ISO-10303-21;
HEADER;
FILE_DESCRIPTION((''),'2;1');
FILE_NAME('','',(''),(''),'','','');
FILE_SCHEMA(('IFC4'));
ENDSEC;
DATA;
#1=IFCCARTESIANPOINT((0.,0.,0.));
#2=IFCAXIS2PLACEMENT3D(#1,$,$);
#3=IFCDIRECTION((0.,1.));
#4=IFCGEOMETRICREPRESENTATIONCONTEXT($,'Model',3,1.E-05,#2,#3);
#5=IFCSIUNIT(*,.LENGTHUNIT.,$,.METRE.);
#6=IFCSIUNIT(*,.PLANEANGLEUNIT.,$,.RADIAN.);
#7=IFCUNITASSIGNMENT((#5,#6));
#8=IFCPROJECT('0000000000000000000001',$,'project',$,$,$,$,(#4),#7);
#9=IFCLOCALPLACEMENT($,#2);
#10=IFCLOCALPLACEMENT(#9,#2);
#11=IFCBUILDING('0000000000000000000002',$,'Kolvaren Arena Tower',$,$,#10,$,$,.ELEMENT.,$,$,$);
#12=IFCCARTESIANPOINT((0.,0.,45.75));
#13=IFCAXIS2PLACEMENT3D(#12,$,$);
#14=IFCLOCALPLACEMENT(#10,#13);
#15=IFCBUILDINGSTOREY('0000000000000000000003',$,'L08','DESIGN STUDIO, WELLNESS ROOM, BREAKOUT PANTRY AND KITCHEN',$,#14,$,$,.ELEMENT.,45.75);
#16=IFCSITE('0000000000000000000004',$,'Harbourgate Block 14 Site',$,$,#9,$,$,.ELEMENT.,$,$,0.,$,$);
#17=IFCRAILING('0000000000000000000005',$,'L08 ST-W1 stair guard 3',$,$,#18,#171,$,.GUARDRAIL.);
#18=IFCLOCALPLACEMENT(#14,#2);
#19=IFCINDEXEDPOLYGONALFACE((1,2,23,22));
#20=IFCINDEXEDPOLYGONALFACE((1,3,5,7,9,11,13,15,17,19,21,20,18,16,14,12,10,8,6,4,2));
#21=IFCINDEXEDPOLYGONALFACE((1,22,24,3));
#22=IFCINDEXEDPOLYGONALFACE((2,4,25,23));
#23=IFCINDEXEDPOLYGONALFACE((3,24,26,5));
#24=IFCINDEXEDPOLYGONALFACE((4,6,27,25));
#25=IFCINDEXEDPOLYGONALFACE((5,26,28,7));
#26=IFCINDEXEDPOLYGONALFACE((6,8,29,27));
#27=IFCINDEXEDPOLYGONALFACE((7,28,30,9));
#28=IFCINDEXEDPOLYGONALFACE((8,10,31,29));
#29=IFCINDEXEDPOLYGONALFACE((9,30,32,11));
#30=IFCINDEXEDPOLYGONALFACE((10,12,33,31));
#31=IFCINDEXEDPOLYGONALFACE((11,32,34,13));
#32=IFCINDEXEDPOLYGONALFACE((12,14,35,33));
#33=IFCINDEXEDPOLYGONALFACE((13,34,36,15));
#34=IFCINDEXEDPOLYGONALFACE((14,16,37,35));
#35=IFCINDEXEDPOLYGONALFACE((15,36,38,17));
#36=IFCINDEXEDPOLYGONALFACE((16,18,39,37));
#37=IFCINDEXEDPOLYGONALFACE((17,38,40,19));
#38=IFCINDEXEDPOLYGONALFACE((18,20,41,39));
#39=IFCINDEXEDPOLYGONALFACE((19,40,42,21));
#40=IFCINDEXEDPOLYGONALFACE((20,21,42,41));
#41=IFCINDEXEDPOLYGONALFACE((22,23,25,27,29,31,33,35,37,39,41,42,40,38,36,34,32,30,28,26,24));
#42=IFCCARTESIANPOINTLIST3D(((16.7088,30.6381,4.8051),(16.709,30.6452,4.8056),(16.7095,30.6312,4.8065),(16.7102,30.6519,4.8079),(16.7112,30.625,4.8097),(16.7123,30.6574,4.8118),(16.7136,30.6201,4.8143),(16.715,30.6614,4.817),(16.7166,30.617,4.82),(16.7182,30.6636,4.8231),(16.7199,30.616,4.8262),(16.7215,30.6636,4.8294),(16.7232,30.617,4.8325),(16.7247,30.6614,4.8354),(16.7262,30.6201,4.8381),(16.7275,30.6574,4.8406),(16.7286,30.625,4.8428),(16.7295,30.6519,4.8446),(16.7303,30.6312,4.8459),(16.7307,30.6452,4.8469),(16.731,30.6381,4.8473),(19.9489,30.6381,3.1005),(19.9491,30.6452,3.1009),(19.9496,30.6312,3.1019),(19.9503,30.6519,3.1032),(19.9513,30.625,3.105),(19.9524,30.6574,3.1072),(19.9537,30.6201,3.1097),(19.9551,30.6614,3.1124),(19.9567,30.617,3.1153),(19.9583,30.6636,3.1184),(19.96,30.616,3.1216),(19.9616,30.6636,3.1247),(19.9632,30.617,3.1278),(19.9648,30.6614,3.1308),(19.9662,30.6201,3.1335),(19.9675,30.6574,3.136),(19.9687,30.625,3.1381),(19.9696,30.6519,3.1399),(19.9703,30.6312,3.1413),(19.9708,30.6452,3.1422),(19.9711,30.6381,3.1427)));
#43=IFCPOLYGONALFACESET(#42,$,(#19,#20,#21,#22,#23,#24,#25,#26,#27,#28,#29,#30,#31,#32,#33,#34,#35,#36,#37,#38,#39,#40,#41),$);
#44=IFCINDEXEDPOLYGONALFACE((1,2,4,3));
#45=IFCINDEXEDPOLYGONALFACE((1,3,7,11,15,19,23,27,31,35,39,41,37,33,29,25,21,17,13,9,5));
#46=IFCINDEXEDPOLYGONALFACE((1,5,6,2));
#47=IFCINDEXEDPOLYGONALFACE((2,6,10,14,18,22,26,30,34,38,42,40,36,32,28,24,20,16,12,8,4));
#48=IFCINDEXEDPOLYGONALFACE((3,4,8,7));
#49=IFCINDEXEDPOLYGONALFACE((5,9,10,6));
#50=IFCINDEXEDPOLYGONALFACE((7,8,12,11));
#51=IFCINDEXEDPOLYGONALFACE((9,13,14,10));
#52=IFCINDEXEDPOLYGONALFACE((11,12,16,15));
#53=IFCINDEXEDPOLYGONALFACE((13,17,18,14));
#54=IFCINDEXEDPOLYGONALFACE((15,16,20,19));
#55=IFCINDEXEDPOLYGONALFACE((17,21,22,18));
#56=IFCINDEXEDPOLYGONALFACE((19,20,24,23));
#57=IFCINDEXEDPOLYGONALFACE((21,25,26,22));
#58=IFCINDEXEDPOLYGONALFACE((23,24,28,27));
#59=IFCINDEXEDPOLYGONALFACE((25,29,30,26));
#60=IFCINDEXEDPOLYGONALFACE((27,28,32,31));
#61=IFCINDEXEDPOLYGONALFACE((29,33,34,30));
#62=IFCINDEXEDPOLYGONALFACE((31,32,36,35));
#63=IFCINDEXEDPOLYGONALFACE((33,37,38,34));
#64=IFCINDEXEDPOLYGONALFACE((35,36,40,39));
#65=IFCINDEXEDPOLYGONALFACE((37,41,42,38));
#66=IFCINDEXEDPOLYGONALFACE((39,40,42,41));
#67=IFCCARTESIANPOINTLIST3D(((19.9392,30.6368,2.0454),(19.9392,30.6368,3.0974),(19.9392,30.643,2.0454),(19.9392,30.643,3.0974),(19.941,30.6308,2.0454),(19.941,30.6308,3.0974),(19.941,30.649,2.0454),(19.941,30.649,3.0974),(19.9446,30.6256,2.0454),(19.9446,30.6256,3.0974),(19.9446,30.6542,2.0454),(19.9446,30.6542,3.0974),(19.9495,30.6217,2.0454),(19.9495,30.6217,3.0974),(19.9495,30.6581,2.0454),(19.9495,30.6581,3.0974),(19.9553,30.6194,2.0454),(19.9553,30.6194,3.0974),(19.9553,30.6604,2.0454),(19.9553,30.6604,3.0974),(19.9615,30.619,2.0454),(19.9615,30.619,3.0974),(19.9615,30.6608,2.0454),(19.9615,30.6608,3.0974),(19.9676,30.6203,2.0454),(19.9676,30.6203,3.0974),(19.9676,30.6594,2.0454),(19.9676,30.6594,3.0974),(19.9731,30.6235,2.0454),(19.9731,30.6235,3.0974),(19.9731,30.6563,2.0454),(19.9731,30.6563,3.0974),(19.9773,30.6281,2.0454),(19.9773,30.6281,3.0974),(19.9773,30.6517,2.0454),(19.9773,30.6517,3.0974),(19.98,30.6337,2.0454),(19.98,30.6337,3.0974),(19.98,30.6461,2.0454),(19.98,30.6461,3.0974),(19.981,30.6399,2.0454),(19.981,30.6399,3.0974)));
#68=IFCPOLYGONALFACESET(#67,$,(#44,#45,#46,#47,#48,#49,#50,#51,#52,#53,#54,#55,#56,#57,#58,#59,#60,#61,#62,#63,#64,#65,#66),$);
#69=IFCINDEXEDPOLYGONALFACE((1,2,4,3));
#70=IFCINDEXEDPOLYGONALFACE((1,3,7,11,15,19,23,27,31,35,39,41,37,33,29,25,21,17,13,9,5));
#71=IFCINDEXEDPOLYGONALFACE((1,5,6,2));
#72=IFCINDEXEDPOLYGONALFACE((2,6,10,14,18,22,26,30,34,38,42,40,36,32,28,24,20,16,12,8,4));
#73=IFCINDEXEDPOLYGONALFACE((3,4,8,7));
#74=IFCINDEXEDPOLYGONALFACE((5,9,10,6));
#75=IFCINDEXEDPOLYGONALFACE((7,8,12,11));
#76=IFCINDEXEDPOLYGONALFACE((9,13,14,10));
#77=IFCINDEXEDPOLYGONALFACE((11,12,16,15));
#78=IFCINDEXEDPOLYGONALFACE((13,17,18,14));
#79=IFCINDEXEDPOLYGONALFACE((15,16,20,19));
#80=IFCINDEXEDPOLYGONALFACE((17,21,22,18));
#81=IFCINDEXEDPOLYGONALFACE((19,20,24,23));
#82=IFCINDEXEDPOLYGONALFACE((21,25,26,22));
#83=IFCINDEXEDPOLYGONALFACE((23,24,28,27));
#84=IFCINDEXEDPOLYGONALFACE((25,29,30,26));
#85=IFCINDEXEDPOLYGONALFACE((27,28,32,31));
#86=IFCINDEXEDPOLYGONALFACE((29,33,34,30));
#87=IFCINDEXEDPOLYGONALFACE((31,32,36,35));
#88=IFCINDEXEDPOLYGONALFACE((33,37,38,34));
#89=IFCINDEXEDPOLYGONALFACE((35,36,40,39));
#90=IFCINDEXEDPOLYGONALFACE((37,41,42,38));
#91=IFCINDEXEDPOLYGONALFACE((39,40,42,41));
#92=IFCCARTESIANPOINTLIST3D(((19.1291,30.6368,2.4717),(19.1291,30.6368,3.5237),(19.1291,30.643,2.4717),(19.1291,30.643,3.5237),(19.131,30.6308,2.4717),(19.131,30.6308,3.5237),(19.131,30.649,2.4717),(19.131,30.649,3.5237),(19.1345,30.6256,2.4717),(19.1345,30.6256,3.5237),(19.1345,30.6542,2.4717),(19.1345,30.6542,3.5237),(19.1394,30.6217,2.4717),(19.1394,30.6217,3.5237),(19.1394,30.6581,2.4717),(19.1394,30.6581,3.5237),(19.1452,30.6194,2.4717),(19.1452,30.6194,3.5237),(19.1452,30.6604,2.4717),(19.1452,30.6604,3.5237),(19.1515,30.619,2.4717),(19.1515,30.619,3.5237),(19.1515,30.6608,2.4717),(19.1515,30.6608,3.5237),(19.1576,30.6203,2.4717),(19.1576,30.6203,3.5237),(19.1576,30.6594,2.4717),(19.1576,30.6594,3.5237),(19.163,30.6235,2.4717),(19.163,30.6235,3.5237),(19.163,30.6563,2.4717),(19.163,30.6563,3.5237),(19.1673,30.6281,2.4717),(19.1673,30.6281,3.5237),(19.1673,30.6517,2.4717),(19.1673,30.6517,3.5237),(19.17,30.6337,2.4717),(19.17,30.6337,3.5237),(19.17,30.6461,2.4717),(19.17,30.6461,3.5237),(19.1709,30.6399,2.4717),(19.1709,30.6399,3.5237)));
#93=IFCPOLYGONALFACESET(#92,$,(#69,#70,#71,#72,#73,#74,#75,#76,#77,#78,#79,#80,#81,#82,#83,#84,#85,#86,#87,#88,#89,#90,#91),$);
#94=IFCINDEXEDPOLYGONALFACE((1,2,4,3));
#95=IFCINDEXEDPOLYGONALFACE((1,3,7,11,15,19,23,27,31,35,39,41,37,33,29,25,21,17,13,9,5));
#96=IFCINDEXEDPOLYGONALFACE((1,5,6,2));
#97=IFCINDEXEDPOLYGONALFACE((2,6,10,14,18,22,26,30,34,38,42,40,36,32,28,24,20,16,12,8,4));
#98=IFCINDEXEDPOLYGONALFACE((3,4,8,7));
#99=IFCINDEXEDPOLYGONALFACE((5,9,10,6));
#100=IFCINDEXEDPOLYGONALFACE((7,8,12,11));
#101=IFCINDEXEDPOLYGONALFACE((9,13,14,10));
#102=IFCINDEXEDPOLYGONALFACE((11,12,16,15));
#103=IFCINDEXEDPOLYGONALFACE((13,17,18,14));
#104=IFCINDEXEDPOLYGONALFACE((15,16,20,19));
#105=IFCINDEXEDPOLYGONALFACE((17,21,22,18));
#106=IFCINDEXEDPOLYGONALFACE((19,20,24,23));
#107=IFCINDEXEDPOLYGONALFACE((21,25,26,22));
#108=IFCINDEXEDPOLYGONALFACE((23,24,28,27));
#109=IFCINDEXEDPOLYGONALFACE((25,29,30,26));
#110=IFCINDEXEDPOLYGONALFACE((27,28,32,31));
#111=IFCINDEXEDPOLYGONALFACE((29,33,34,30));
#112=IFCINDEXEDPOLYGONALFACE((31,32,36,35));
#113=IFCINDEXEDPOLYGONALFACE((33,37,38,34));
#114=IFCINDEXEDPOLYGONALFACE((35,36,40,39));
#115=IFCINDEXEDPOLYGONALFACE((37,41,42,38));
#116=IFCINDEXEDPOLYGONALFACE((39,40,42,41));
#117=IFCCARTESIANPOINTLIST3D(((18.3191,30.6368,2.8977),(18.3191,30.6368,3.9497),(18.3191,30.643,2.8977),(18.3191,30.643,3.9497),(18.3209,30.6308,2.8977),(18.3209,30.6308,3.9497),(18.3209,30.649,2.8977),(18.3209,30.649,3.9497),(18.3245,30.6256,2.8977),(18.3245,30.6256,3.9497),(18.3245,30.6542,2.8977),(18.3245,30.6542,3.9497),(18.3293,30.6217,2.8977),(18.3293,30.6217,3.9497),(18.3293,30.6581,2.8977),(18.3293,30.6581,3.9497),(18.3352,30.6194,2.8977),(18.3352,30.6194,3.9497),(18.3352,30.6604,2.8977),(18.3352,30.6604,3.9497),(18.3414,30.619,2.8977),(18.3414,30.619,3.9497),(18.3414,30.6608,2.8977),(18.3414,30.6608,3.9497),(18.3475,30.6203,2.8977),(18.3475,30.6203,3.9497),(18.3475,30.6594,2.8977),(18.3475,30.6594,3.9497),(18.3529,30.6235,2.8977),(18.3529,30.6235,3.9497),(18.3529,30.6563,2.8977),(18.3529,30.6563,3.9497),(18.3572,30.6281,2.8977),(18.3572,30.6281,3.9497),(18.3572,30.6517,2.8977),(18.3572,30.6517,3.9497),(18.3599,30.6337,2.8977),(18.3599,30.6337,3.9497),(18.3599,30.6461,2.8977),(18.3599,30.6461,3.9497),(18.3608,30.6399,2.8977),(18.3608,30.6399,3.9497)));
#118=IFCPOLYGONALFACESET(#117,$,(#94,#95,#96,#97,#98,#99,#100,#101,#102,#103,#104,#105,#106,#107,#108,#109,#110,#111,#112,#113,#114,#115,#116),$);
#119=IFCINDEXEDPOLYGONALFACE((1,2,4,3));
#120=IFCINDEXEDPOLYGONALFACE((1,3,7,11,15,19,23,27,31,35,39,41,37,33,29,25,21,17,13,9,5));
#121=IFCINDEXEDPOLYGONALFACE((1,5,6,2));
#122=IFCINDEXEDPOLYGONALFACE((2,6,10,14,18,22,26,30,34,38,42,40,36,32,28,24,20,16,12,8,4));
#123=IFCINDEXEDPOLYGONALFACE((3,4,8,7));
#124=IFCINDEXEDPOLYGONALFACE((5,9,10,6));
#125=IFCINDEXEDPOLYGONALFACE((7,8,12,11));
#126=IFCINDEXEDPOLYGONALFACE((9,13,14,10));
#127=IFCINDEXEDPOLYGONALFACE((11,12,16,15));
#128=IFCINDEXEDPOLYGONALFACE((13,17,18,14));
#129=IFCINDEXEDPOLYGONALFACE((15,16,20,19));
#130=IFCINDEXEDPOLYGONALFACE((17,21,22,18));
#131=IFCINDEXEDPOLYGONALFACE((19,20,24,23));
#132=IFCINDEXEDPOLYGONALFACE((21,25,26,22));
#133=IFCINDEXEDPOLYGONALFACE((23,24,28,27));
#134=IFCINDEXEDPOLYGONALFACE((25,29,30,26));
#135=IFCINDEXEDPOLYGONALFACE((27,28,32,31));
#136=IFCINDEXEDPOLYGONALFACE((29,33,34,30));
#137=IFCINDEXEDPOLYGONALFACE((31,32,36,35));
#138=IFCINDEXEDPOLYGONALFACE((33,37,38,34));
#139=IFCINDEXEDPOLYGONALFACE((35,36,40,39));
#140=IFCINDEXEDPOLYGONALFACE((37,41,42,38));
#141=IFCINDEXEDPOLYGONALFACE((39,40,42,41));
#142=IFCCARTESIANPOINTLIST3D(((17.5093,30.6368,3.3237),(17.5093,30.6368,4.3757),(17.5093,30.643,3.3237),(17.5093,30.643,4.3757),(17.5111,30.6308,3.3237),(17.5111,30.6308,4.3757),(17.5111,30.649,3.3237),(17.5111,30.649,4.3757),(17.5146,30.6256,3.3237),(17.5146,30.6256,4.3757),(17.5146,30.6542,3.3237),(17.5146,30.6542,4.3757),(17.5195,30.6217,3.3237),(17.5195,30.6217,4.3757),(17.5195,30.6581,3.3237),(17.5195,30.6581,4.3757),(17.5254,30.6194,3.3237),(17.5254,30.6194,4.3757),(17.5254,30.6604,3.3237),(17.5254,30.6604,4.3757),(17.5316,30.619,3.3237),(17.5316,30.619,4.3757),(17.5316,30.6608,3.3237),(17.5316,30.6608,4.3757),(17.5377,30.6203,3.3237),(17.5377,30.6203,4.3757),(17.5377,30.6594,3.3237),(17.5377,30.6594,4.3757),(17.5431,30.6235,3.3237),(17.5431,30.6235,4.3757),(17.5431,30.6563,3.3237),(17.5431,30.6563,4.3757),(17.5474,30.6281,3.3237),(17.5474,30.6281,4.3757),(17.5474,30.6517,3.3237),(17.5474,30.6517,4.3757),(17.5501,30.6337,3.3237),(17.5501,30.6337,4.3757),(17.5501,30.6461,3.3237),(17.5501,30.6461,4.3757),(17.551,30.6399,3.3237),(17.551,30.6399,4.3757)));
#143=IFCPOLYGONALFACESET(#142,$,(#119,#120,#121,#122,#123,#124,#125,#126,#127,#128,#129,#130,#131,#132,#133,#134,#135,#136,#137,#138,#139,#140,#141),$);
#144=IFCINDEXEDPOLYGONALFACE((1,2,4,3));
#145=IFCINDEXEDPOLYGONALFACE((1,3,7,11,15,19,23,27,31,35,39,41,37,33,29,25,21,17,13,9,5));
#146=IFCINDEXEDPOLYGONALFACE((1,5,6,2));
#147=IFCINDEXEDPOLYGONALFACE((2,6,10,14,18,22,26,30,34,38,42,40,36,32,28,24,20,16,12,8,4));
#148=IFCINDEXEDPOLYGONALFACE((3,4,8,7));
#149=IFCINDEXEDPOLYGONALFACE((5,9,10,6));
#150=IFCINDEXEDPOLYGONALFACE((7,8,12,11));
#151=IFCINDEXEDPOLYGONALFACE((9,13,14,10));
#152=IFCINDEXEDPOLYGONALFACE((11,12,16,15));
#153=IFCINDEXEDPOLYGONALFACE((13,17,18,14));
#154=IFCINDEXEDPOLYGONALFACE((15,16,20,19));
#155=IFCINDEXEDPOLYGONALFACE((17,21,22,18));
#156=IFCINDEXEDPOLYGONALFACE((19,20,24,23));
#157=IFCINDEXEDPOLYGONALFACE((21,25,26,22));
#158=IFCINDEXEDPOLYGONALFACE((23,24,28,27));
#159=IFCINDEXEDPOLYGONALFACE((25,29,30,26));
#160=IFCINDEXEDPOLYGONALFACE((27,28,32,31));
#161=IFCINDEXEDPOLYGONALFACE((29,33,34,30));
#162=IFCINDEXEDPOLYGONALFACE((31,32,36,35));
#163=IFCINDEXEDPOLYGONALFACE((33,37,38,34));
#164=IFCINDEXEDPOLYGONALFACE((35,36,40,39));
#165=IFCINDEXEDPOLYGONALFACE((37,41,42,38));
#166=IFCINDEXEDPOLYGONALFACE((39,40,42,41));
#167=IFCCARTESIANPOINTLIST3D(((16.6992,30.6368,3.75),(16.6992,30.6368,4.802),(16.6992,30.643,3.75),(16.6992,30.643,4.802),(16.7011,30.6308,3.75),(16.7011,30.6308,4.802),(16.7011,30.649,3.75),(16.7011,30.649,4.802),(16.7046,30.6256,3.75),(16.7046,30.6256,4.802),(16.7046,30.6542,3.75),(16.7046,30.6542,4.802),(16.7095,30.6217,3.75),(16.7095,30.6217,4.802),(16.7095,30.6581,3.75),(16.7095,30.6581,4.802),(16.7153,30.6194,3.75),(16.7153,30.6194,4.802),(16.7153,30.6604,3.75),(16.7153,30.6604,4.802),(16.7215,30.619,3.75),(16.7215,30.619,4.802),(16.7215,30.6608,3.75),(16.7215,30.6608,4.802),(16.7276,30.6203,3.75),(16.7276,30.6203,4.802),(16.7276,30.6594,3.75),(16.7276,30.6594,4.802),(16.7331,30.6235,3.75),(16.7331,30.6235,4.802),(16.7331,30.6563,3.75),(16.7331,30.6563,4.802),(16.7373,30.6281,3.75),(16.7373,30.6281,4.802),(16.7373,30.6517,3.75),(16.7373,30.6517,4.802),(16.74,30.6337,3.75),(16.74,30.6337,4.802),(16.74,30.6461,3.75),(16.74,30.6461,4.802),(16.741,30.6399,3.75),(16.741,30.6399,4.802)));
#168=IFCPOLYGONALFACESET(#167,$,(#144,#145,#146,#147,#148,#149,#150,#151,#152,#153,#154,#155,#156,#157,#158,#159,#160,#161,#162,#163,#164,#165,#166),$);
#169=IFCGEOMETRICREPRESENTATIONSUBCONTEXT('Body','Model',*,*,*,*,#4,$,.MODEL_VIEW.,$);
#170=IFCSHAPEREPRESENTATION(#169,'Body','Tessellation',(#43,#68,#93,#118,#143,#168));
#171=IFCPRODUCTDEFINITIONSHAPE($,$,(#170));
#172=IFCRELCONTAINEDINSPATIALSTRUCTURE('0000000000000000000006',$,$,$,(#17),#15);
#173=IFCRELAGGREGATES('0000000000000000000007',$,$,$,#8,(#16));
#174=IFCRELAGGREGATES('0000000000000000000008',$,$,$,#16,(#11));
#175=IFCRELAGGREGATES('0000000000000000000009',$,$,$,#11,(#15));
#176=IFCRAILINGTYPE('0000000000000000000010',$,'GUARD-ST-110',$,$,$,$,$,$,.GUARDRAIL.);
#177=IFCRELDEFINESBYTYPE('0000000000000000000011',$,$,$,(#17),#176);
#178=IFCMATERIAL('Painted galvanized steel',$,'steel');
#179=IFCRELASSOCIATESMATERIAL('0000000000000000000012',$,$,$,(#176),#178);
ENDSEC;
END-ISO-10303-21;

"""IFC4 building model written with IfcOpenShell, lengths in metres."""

from ifc_helpers import new_model, si_unit, direction, frame, origin, origin_2d, place, context, subcontext, project, spatial, circle, extrude, material, type_object, element, save


model = new_model("IFC4")

# Units and contexts
model_context = context("Model", 3, precision=1e-05, world=origin(), true_north=direction((0.0, 1.0)))
body_context = subcontext(model_context, "Body", "Model", "MODEL_VIEW")
ifc_project = project(units=[si_unit("LENGTHUNIT", "METRE"), si_unit("PLANEANGLEUNIT", "RADIAN")], contexts=[model_context])

# Site, building, storey
site_placement = place(None, origin())
site = spatial("IfcSite", under=ifc_project, at=site_placement, Name="Harbourgate Block 14 Site", CompositionType="ELEMENT", RefElevation=0.0)
building_placement = place(site_placement, origin())
building = spatial("IfcBuilding", under=site, at=building_placement, Name="Kolvaren Arena Tower", CompositionType="ELEMENT")
storey_placement = place(building_placement, frame((0.0, 0.0, 45.75)))
storey = spatial("IfcBuildingStorey", under=building, at=storey_placement, Name="L08", Description="DESIGN STUDIO, WELLNESS ROOM, BREAKOUT PANTRY AND KITCHEN", CompositionType="ELEMENT", Elevation=45.75)

# Railing
ifc_material_1 = material(Name="Painted galvanized steel", Category="steel")
railing_type = type_object("IfcRailingType", Name="GUARD-ST-110", PredefinedType="GUARDRAIL", material=ifc_material_1)
railing_1_placement = place(storey_placement, frame((19.96, 30.6399, 2.0454)))
element("IfcRailing", 1, at=railing_1_placement, inside=storey, type_object=railing_type, Name="L08 ST-W1 stair guard 3", PredefinedType="GUARDRAIL", context=body_context, shape_type="SweptSolid", body=[
    extrude(circle(Radius=0.0239, at=origin_2d()), frame((0.0, 0.0, 1.0762), z_axis=(-0.884993, 0.0, 0.465604), x_axis=(0.0, -1.0, 0.0)), (0.0, 0.0, 1.0), 3.6611),
    extrude(circle(Radius=0.021, at=origin_2d()), origin(), (0.0, 0.0, 1.0), 1.052),
    extrude(circle(Radius=0.021, at=origin_2d()), frame((-0.8101, 0.0, 0.4263)), (0.0, 0.0, 1.0), 1.052),
    extrude(circle(Radius=0.021, at=origin_2d()), frame((-1.6201, 0.0, 0.8523)), (0.0, 0.0, 1.0), 1.052),
    extrude(circle(Radius=0.021, at=origin_2d()), frame((-2.4299, 0.0, 1.2783)), (0.0, 0.0, 1.0), 1.052),
    extrude(circle(Radius=0.021, at=origin_2d()), frame((-3.24, 0.0, 1.7046)), (0.0, 0.0, 1.0), 1.052),
])

save(model, "model.ifc")
